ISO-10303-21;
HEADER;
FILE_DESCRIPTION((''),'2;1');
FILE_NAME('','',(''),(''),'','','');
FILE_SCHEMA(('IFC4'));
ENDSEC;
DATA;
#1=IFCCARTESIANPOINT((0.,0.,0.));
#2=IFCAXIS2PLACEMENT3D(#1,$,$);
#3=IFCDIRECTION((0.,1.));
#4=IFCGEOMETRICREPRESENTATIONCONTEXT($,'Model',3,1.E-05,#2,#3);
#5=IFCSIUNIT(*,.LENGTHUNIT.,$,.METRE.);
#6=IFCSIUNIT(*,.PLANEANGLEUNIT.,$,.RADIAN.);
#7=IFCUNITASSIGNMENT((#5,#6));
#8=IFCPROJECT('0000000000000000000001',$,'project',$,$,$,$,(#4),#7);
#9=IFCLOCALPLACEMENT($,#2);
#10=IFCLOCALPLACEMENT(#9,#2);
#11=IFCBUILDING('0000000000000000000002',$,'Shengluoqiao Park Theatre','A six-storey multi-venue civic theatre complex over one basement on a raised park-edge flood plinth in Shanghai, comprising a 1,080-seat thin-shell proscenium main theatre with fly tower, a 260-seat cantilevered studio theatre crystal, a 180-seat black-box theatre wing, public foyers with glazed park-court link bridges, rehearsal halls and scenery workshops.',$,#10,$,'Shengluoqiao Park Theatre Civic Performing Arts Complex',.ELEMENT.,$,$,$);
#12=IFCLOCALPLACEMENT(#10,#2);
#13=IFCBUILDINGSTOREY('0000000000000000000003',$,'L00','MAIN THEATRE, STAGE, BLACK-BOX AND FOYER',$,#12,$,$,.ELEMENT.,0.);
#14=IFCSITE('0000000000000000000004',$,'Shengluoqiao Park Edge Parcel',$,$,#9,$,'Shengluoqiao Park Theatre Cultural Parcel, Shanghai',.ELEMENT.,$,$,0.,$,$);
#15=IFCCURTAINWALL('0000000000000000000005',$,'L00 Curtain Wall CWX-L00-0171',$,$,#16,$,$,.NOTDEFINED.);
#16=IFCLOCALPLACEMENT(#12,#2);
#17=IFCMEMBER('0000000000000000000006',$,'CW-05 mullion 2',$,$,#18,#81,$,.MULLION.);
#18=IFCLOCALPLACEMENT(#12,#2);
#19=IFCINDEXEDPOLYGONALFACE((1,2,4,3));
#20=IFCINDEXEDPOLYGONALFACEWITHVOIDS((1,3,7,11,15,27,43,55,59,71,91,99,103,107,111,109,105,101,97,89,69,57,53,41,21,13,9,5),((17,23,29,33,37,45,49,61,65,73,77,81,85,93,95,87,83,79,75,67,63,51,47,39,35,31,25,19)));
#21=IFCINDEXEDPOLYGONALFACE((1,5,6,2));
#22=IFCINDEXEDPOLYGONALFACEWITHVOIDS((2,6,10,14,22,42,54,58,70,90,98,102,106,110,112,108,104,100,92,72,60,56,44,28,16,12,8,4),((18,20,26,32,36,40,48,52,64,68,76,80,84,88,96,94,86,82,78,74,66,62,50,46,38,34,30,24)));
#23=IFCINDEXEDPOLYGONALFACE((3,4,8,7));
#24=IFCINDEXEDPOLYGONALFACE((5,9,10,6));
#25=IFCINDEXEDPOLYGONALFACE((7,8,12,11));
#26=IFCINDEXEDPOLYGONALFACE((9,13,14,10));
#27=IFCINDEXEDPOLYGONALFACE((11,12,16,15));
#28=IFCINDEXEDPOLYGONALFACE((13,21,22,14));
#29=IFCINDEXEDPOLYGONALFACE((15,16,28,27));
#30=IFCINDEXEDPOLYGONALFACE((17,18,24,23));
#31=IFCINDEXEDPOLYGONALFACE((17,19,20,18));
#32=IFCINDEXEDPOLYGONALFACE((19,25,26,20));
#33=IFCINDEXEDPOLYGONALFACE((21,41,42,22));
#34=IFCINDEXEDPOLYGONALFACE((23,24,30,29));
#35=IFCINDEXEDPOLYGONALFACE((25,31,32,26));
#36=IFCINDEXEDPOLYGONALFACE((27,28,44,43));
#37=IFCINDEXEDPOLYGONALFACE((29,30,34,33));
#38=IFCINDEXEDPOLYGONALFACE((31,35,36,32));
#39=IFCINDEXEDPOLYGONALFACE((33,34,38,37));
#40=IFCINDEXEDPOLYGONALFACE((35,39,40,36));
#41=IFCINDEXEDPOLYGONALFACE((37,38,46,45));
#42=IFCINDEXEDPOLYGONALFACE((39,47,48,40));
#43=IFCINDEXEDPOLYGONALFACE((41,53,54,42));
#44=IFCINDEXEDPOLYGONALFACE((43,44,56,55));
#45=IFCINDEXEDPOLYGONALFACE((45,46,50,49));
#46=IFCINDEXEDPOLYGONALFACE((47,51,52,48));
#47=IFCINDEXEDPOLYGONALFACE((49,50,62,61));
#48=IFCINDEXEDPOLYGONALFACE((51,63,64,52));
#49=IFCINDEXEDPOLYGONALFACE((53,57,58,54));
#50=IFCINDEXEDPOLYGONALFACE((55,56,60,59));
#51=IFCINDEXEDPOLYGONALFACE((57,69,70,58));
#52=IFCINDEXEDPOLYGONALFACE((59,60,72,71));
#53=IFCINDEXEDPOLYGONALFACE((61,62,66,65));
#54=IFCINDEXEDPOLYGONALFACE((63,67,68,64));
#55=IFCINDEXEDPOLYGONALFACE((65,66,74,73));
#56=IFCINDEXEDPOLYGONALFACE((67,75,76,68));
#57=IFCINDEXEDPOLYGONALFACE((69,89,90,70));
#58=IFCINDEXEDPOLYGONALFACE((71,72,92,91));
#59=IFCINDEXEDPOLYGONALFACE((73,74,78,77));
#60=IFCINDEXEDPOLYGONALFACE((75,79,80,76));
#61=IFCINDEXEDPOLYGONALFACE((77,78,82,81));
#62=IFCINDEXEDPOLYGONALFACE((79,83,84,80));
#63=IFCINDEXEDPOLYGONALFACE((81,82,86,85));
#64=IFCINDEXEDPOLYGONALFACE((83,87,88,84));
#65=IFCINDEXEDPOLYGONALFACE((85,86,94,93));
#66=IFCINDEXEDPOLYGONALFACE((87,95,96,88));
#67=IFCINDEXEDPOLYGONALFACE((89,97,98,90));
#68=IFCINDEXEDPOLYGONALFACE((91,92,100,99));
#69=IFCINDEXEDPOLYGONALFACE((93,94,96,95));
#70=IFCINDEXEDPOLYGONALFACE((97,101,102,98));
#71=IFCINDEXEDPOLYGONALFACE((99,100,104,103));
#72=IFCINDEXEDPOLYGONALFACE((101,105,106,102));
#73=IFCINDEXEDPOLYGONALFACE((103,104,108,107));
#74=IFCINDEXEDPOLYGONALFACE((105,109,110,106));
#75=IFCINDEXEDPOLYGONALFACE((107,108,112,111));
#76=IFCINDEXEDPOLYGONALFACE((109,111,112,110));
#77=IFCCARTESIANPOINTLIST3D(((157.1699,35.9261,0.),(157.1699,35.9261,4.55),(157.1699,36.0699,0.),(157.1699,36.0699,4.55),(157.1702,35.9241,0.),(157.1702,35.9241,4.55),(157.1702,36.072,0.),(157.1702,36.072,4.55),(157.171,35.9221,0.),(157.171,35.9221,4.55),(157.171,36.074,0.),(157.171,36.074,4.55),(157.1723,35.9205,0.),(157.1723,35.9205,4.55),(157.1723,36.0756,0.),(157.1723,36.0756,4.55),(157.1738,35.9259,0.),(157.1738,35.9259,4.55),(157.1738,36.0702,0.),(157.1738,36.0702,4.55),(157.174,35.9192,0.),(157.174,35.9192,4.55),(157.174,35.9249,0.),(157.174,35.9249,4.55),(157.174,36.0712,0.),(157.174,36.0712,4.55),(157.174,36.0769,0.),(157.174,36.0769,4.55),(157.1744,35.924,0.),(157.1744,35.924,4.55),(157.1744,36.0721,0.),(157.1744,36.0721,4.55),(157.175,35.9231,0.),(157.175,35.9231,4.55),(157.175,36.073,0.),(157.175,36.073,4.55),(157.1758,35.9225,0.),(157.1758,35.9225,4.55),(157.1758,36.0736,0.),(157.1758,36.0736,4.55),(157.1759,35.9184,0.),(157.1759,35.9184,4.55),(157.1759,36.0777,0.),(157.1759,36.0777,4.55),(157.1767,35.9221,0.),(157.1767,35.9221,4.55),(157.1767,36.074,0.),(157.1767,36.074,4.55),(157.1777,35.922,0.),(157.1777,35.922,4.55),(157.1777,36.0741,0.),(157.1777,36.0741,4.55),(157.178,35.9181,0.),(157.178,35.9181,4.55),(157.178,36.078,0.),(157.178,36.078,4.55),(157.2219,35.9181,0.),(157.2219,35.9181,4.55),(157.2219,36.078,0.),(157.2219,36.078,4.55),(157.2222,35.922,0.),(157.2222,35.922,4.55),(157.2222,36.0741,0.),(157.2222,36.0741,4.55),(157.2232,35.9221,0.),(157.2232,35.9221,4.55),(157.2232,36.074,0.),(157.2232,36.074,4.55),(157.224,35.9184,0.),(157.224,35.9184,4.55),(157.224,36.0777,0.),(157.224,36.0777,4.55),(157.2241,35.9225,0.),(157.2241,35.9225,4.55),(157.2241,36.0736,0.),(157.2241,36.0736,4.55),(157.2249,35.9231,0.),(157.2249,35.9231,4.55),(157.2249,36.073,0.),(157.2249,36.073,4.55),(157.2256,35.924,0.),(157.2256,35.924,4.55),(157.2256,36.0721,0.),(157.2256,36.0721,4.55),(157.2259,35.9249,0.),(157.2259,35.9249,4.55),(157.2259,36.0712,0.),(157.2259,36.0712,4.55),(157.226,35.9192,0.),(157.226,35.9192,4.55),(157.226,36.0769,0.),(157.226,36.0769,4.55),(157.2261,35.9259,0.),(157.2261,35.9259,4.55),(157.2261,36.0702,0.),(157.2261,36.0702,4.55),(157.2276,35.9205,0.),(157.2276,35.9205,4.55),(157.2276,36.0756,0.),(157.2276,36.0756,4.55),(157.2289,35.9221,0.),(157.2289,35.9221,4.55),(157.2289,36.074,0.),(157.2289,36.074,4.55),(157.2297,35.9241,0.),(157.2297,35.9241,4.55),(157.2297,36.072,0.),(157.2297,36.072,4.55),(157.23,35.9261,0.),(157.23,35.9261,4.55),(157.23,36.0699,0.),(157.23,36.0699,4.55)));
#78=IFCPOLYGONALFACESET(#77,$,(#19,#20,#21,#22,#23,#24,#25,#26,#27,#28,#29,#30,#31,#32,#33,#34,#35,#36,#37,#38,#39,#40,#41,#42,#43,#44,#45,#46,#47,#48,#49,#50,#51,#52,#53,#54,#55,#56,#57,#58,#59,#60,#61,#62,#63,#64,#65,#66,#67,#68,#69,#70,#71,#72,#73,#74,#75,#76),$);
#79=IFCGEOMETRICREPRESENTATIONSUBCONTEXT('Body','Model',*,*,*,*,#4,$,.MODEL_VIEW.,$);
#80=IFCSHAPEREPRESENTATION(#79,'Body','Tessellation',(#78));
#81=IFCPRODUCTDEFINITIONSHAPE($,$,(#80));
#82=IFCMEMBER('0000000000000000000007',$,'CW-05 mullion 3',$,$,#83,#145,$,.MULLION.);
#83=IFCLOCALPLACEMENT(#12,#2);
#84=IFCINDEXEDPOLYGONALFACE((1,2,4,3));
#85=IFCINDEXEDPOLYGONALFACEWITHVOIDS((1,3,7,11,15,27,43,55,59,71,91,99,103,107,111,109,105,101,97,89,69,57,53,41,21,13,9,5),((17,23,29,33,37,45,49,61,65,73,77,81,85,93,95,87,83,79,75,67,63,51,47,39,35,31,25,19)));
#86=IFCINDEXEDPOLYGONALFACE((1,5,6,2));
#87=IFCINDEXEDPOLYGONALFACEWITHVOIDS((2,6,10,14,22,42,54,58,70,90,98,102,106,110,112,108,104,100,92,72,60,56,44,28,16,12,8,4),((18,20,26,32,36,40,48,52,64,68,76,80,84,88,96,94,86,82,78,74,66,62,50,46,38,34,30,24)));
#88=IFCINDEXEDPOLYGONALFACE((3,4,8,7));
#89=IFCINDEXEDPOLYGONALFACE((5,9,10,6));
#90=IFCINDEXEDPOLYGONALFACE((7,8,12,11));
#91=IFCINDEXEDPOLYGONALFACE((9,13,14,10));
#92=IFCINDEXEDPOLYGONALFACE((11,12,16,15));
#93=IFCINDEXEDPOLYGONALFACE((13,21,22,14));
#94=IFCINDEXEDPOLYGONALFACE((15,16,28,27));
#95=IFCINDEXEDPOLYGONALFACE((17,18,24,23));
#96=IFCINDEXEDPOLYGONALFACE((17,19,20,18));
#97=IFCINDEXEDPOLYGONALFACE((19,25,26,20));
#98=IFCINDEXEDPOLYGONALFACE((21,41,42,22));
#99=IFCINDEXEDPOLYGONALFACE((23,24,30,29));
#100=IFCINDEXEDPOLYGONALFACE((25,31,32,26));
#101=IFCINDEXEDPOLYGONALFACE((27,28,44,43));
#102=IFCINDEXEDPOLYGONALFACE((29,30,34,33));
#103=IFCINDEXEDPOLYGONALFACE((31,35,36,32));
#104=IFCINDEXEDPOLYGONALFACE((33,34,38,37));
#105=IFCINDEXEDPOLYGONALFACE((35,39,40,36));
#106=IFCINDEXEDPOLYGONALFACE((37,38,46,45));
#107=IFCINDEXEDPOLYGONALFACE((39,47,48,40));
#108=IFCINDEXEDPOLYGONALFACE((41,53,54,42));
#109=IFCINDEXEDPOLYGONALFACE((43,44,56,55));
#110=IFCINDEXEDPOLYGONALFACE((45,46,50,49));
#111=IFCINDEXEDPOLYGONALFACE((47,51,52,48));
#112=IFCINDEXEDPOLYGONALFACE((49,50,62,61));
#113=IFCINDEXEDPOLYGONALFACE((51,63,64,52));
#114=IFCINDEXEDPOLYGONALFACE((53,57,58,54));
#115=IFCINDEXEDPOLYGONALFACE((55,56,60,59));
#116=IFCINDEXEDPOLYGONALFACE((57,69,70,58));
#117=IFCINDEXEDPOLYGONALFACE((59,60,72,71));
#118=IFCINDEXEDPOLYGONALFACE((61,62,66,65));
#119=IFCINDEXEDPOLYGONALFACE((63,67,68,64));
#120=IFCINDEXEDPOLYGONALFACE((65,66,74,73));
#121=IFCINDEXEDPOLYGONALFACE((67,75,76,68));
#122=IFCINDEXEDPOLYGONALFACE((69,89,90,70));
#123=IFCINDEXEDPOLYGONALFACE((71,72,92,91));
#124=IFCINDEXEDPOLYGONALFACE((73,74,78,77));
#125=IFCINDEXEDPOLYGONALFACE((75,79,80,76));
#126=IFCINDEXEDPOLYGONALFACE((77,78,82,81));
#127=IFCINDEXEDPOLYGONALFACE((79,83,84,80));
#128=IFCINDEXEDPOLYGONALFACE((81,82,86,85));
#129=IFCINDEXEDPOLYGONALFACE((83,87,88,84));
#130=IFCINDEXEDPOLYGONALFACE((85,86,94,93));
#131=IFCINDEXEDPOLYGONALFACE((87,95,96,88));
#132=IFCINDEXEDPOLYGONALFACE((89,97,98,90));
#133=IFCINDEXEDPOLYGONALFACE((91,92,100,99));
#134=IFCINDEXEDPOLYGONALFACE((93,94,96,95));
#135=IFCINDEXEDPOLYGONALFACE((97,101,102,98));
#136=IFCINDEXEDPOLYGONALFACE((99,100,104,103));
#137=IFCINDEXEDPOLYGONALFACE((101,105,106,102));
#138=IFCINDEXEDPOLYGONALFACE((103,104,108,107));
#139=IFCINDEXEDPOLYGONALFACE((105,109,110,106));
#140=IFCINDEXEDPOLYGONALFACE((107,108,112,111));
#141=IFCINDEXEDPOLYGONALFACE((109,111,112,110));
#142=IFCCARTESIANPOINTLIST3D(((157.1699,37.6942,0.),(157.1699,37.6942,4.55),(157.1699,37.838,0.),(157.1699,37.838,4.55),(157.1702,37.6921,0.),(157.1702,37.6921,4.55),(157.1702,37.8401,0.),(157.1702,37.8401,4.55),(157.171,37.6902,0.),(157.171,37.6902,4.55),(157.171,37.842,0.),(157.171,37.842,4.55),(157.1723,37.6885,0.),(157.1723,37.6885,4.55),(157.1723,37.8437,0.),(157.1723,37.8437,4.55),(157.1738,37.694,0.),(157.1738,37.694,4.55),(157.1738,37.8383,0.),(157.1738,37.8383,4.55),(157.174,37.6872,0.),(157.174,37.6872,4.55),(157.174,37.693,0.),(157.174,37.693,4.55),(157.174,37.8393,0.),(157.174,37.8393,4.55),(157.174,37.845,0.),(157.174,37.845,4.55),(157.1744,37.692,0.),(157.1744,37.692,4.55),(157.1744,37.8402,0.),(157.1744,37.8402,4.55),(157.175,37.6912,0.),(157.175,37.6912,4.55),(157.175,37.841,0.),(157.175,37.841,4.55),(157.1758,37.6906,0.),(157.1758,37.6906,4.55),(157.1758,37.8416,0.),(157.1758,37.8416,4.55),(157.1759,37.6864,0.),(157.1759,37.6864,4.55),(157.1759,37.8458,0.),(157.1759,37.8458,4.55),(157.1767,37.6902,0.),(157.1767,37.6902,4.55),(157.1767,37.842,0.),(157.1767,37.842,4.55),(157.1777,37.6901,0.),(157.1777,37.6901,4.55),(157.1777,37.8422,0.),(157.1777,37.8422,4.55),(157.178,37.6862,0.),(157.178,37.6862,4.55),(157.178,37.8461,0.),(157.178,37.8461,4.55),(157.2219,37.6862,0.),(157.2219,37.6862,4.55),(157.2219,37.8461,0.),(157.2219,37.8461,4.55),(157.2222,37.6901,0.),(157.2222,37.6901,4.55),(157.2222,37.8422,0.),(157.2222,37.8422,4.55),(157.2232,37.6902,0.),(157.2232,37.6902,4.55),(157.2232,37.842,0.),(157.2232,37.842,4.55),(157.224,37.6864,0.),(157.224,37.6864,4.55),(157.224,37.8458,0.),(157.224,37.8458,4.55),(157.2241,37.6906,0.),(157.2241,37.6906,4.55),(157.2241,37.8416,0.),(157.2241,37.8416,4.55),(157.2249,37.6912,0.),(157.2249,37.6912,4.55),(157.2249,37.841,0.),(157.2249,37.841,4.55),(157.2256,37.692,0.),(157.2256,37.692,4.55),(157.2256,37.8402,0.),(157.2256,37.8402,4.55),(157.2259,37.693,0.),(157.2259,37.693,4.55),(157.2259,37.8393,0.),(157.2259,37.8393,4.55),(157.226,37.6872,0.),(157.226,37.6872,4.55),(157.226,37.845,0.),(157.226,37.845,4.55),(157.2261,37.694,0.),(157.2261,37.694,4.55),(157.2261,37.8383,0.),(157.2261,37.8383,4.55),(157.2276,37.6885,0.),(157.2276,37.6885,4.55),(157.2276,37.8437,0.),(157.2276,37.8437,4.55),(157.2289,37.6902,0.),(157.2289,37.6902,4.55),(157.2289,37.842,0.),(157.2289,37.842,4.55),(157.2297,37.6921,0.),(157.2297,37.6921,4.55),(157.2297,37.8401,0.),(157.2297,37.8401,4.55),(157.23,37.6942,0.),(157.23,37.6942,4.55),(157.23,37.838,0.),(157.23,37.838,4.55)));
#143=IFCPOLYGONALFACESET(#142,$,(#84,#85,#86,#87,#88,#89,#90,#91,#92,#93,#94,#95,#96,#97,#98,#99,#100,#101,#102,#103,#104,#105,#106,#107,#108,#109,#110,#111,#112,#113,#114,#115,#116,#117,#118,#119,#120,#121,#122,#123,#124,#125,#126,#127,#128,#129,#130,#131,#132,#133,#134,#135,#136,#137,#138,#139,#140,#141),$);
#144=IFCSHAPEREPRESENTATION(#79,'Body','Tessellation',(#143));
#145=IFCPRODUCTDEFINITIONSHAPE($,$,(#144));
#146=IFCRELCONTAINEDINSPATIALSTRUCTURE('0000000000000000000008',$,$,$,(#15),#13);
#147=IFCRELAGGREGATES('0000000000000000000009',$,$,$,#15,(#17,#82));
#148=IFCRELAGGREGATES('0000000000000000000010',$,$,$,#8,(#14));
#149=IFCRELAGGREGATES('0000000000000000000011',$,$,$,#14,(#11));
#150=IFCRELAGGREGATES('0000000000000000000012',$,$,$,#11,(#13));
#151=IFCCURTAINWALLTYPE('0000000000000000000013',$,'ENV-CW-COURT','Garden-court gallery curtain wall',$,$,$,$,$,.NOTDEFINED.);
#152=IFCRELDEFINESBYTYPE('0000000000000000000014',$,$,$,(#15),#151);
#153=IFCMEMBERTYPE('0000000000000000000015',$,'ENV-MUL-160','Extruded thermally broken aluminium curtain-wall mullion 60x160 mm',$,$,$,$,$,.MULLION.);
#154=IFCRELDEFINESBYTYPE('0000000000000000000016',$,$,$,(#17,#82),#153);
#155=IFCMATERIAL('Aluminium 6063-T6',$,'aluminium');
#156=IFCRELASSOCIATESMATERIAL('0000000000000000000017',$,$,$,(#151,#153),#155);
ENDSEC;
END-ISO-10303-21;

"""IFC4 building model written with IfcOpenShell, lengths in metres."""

from ifc_helpers import new_model, si_unit, direction, frame, origin, origin_2d, place, context, subcontext, project, spatial, hollow_rectangle, extrude, material, material_profile, profile_set, type_object, element, aggregate, save


model = new_model("IFC4")

# Units and contexts
model_context = context("Model", 3, precision=1e-05, world=origin(), true_north=direction((0.0, 1.0)))
body_context = subcontext(model_context, "Body", "Model", "MODEL_VIEW")
ifc_project = project(units=[si_unit("LENGTHUNIT", "METRE"), si_unit("PLANEANGLEUNIT", "RADIAN")], contexts=[model_context])

# Site, building, storey
site_placement = place(None, origin())
site = spatial("IfcSite", under=ifc_project, at=site_placement, Name="Shengluoqiao Park Edge Parcel", LongName="Shengluoqiao Park Theatre Cultural Parcel, Shanghai", CompositionType="ELEMENT", RefElevation=0.0)
building_placement = place(site_placement, origin())
building = spatial("IfcBuilding", under=site, at=building_placement, Name="Shengluoqiao Park Theatre", Description="A six-storey multi-venue civic theatre complex over one basement on a raised park-edge flood plinth in Shanghai, comprising a 1,080-seat thin-shell proscenium main theatre with fly tower, a 260-seat cantilevered studio theatre crystal, a 180-seat black-box theatre wing, public foyers with glazed park-court link bridges, rehearsal halls and scenery workshops.", LongName="Shengluoqiao Park Theatre Civic Performing Arts Complex", CompositionType="ELEMENT")
storey_placement = place(building_placement, origin())
storey = spatial("IfcBuildingStorey", under=building, at=storey_placement, Name="L00", Description="MAIN THEATRE, STAGE, BLACK-BOX AND FOYER", CompositionType="ELEMENT", Elevation=0.0)

# Shared definitions
ifc_material_1 = material(Name="Aluminium 6063-T6", Category="aluminium")
curtain_wall_type = type_object("IfcCurtainWallType", Name="ENV-CW-COURT", Description="Garden-court gallery curtain wall", PredefinedType="NOTDEFINED", material=ifc_material_1)
ifc_material_profile_1 = material_profile(ifc_material_1, hollow_rectangle(XDim=0.0601, YDim=0.1599, WallThickness=0.0039, InnerFilletRadius=0.0039, OuterFilletRadius=0.0081, at=origin_2d()), Name="ALU MULLION 160x60x4")
ifc_profile_set_1 = profile_set([ifc_material_profile_1], Name="Aluminium 6063-T6")
member_type_1 = type_object("IfcMemberType", Name="ENV-MUL-160", Description="Extruded thermally broken aluminium curtain-wall mullion 60x160 mm", PredefinedType="MULLION", material=ifc_profile_set_1)

# Curtain wall, members
curtain_wall_1_placement = place(storey_placement, origin())
curtain_wall_1 = element("IfcCurtainWall", 1, at=curtain_wall_1_placement, inside=storey, type_object=curtain_wall_type, Name="L00 Curtain Wall CWX-L00-0171", PredefinedType="NOTDEFINED")
member_1_placement = place(storey_placement, frame((157.2, 35.998, 0.0), z_axis=(0.0, 0.0, 1.0), x_axis=(-1.0, 0.0, 0.0)))
member_1 = element("IfcMember", 2, at=member_1_placement, type_object=member_type_1, Name="CW-05 mullion 2", PredefinedType="MULLION", context=body_context, shape_type="SweptSolid", body=[
    extrude(hollow_rectangle(XDim=0.0601, YDim=0.1599, WallThickness=0.0039, InnerFilletRadius=0.0039, OuterFilletRadius=0.0081, at=origin_2d()), origin(), (0.0, 0.0, 1.0), 4.55),
])
member_2_placement = place(storey_placement, frame((157.2, 37.7661, 0.0), z_axis=(0.0, 0.0, 1.0), x_axis=(-1.0, 0.0, 0.0)))
member_2 = element("IfcMember", 3, at=member_2_placement, type_object=member_type_1, Name="CW-05 mullion 3", PredefinedType="MULLION", context=body_context, shape_type="SweptSolid", body=[
    extrude(hollow_rectangle(XDim=0.0601, YDim=0.1599, WallThickness=0.0039, InnerFilletRadius=0.0039, OuterFilletRadius=0.0081, at=origin_2d()), origin(), (0.0, 0.0, 1.0), 4.55),
])

aggregate(curtain_wall_1, [member_1, member_2])

save(model, "model.ifc")
